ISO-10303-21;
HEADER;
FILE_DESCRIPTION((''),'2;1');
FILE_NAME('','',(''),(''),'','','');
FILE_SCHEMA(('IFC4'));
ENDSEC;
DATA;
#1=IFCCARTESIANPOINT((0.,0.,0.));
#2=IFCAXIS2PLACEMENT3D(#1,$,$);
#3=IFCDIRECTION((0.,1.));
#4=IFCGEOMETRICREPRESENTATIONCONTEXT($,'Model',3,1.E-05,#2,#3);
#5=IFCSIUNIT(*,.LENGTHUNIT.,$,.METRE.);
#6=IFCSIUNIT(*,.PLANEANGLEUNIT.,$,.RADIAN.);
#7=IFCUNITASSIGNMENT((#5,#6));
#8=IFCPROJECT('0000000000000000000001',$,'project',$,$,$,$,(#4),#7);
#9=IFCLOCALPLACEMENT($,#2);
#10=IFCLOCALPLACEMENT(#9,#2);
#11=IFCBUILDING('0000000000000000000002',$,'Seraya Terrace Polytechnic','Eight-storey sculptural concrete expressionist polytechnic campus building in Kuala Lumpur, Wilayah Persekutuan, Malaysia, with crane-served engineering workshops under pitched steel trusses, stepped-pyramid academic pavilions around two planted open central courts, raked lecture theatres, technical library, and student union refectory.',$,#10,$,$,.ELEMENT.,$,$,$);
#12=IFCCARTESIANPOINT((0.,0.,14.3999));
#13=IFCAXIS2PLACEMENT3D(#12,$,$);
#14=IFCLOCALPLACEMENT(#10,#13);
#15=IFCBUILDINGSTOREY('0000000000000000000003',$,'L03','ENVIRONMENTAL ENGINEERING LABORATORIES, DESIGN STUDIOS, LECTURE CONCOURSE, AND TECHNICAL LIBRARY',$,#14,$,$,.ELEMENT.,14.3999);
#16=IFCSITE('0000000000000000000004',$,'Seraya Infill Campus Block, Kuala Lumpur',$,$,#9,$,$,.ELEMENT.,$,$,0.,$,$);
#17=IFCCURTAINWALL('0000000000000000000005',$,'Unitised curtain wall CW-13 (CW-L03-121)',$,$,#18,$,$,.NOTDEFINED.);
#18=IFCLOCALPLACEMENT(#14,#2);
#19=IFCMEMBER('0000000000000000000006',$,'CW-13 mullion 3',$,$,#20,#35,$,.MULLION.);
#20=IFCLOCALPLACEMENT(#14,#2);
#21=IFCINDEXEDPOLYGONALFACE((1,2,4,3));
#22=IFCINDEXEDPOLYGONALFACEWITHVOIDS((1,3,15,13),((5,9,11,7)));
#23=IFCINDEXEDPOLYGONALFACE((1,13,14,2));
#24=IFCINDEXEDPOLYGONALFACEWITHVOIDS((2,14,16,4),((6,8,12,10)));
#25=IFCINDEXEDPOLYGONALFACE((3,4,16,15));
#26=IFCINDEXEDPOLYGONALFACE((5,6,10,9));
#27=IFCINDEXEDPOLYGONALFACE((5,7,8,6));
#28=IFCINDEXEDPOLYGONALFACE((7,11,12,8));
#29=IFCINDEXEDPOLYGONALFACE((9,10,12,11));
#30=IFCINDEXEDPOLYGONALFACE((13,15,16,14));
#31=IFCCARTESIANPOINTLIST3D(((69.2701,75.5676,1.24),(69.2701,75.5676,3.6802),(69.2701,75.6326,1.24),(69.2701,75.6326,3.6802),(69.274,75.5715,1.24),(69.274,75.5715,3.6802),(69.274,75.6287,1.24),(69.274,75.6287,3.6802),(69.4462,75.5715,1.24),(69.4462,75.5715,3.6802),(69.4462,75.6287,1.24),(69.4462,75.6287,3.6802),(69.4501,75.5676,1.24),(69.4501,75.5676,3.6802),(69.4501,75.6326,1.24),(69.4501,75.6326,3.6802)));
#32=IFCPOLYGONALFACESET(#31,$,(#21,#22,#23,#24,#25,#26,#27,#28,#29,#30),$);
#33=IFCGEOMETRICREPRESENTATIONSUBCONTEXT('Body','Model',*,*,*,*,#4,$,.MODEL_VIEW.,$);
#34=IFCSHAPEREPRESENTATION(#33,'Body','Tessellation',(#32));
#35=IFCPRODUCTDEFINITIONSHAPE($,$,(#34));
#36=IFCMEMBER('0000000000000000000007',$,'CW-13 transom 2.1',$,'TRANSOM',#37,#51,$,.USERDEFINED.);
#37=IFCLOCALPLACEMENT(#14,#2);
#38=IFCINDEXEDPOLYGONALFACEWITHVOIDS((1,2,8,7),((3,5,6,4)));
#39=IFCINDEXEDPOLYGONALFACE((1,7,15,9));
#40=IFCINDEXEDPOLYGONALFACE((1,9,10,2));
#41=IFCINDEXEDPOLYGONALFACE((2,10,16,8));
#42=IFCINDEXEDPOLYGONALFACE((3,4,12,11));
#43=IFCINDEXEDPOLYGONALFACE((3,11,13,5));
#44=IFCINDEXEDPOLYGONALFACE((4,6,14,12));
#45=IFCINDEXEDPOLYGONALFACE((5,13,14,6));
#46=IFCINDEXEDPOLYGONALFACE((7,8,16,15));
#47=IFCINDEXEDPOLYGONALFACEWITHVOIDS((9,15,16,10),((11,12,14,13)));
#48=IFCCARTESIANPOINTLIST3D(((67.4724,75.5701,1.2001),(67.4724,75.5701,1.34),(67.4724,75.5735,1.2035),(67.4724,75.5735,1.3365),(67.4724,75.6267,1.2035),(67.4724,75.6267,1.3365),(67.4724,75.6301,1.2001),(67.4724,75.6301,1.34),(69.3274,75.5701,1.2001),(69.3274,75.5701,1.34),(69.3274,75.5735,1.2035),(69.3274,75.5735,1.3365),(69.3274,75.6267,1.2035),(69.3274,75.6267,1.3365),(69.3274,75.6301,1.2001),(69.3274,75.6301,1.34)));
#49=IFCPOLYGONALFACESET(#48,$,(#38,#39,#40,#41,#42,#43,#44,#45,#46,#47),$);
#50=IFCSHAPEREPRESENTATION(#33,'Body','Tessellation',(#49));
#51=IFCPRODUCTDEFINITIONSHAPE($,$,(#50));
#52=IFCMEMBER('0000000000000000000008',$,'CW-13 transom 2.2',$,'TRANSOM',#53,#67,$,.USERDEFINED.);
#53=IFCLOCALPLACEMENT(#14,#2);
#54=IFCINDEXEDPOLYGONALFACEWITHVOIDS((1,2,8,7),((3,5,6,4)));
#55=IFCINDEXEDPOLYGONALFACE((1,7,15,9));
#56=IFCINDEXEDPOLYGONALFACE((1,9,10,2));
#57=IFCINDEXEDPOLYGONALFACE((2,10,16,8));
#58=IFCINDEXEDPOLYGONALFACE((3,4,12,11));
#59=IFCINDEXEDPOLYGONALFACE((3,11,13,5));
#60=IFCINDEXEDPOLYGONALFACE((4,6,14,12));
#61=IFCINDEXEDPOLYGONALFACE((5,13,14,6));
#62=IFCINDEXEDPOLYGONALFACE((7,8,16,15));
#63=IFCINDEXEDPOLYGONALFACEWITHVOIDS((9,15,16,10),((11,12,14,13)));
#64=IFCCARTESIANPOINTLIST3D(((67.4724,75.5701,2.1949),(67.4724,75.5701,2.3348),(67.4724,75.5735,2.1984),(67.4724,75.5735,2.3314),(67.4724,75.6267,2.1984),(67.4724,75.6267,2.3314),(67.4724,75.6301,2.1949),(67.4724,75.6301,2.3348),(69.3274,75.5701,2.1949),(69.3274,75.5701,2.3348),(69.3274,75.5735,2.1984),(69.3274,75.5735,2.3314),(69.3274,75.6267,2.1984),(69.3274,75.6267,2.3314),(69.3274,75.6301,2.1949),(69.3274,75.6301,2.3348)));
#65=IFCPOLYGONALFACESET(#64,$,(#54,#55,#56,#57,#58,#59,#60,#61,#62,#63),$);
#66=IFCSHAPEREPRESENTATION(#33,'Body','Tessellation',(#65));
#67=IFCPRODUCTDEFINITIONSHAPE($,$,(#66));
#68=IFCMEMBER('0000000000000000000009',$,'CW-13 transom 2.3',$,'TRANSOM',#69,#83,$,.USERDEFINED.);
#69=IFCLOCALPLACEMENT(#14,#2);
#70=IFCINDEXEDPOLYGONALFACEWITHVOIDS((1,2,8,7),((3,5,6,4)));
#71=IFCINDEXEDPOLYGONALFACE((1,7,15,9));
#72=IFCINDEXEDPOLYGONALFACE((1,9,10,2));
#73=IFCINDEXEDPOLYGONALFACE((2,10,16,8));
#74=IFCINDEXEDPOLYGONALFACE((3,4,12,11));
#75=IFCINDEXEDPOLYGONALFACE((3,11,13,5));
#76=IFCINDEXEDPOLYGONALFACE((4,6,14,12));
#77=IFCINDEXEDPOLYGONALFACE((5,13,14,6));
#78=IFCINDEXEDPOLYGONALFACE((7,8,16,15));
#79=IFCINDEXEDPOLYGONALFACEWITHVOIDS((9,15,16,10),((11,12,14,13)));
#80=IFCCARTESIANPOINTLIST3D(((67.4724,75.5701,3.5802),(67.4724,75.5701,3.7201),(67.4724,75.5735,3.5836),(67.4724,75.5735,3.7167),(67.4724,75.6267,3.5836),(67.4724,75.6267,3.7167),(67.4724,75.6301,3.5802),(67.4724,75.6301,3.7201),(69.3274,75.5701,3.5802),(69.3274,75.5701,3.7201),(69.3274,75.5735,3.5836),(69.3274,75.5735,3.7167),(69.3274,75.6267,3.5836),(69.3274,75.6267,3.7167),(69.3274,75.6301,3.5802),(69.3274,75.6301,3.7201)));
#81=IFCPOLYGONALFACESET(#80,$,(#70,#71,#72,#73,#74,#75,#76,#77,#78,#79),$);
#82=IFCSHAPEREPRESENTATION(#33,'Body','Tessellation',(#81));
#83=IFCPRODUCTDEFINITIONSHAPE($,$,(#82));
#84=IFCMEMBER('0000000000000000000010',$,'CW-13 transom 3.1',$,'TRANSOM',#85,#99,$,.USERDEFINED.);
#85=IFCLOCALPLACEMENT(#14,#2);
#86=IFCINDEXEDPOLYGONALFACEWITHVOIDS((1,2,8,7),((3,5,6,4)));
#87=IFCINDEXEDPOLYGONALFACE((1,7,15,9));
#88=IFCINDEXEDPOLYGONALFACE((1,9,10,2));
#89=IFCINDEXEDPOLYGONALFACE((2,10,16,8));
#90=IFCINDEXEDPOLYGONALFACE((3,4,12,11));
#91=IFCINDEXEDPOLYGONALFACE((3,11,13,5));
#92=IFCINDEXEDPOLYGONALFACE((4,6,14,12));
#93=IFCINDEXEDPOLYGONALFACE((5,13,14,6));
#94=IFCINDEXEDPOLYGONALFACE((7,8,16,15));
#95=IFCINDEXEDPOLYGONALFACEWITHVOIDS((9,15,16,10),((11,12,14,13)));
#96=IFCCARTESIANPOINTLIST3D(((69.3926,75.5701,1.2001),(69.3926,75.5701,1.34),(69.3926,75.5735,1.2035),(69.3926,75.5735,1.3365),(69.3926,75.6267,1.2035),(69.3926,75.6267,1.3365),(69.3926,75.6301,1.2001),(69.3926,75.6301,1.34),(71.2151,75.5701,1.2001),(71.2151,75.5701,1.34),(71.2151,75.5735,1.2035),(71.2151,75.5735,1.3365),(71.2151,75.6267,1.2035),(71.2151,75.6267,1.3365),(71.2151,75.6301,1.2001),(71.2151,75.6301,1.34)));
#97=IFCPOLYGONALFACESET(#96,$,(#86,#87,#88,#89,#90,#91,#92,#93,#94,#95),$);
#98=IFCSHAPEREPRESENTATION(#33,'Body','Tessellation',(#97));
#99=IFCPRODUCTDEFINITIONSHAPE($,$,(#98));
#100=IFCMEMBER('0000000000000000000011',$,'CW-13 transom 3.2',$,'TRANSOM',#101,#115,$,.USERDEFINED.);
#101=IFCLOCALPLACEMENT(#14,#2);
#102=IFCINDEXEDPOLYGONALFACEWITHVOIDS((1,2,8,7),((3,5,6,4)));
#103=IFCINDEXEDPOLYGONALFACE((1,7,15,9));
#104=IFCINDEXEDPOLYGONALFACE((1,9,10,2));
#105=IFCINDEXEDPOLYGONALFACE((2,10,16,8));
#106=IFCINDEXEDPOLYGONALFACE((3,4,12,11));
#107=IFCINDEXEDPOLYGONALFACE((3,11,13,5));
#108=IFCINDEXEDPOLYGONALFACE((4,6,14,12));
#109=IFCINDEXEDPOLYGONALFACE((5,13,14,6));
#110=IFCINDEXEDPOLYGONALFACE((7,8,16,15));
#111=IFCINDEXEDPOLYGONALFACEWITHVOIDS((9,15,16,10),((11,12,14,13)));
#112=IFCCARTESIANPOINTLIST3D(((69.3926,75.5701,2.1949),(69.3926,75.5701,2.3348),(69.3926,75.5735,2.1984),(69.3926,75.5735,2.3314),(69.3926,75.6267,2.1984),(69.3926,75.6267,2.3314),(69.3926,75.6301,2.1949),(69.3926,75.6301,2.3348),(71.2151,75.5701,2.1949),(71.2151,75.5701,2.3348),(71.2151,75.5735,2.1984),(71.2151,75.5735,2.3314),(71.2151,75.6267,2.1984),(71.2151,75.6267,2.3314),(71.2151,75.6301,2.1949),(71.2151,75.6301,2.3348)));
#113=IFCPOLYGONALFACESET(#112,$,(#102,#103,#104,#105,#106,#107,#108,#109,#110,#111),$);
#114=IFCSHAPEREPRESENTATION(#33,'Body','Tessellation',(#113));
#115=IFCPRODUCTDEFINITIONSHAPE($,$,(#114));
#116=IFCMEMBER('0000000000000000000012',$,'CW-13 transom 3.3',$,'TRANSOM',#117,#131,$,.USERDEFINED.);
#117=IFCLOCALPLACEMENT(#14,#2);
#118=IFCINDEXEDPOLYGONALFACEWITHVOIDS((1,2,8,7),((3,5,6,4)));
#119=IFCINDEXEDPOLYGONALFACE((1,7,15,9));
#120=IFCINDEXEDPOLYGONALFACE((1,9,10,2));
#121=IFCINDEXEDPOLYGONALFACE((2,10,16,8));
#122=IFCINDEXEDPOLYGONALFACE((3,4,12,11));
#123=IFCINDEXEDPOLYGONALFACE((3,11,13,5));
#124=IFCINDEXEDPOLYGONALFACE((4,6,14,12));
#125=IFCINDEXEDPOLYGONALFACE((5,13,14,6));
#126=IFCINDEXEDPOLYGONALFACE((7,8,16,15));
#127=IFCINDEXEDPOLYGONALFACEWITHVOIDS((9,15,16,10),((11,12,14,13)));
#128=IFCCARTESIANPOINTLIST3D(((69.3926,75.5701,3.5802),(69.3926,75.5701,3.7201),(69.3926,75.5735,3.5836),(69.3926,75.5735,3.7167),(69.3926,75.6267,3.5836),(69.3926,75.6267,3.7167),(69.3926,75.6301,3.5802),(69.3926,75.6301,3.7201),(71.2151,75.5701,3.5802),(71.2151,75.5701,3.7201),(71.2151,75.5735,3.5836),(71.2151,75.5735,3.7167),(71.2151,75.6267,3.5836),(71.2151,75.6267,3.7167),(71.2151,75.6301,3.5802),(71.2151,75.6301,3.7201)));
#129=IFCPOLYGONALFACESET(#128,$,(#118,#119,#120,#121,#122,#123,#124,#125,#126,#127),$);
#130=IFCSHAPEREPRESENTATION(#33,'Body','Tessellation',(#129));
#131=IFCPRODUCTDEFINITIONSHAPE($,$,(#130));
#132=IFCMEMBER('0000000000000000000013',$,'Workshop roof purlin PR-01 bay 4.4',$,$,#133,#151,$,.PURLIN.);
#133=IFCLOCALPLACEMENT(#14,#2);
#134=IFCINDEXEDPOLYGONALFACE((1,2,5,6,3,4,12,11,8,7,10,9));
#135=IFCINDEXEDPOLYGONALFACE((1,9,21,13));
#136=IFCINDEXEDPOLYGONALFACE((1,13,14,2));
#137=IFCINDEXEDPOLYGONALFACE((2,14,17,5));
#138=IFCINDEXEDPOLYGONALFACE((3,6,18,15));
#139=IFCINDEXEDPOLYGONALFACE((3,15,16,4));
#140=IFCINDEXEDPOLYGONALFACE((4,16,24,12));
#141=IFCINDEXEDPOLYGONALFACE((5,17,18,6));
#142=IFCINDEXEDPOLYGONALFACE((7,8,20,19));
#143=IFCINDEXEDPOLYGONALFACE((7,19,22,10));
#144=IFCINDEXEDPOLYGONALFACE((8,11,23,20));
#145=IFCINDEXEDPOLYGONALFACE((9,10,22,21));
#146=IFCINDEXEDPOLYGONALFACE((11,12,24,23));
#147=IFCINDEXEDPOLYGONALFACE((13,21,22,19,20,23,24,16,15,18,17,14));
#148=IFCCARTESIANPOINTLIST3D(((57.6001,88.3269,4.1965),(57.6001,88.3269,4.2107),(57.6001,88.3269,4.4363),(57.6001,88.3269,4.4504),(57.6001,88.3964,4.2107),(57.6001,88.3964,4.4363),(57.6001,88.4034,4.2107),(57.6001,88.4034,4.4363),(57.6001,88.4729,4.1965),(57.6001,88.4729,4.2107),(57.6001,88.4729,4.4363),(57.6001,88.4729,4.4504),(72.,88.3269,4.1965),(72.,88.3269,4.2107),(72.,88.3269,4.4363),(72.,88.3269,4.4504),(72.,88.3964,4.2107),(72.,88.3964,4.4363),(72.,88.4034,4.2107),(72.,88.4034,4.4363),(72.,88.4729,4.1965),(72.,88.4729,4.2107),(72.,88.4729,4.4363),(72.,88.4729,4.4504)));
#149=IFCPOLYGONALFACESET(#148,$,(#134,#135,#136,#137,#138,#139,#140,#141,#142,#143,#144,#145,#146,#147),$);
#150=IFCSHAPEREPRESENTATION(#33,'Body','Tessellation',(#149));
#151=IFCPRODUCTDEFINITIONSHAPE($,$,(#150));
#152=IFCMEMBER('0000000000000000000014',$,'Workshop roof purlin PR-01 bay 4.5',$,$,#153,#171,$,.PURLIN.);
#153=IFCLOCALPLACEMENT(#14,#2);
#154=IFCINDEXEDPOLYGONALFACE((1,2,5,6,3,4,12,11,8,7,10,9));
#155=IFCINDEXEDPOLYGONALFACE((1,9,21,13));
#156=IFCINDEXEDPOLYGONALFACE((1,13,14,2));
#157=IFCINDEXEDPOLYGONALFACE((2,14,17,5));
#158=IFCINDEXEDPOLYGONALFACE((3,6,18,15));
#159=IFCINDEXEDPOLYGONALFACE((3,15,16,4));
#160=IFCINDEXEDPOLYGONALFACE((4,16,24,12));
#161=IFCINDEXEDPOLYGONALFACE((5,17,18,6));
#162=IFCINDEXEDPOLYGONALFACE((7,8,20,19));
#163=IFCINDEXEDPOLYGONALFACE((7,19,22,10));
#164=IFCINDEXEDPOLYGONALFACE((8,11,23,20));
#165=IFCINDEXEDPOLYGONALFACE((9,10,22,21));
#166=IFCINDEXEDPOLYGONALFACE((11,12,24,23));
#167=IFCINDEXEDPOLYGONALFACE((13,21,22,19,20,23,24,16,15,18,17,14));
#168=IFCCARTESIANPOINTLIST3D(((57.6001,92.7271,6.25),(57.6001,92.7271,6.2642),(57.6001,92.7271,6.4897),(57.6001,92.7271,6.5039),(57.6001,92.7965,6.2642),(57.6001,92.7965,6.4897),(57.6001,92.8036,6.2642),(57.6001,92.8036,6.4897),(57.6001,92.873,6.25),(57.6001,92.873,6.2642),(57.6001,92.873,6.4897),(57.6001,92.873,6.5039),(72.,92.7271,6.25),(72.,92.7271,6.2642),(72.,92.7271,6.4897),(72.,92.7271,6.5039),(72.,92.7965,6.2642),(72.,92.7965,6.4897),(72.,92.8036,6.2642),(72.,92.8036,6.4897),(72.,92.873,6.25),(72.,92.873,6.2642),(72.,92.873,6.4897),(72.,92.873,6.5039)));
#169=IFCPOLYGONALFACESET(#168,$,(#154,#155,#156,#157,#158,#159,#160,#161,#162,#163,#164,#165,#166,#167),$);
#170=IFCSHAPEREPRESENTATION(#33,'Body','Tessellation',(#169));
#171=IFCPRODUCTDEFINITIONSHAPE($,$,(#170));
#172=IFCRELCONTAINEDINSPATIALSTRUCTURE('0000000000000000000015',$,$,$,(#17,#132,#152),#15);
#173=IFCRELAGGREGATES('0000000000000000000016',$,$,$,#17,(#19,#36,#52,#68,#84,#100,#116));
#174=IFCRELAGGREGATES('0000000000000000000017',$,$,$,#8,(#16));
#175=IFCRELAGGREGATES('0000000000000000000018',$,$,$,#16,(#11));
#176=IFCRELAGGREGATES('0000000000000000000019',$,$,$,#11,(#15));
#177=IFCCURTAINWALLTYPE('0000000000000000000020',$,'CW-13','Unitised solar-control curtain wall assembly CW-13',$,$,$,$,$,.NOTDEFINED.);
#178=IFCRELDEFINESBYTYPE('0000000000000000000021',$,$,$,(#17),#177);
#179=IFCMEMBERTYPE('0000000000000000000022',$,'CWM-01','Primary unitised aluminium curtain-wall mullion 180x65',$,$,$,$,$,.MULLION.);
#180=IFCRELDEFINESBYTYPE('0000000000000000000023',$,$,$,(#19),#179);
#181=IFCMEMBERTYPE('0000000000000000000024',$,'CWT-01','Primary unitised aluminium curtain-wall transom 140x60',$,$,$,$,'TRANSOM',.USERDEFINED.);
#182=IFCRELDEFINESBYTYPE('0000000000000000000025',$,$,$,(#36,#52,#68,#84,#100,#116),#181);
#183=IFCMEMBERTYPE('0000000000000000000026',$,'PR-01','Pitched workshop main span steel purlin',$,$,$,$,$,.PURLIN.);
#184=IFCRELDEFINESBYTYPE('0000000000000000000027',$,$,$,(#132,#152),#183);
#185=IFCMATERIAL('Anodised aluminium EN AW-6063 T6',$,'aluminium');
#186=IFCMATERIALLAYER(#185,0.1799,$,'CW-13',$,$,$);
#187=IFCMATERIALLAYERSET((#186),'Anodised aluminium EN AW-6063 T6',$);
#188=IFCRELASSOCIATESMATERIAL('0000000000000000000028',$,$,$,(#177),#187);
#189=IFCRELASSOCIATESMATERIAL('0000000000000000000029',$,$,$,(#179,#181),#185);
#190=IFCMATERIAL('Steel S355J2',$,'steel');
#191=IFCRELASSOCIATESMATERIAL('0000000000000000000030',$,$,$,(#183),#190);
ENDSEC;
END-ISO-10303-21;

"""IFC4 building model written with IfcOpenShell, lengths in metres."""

from ifc_helpers import new_model, si_unit, direction, frame, origin, origin_2d, place, context, subcontext, project, spatial, hollow_rectangle, i_section, extrude, material, layer, layer_set, material_profile, profile_set, type_object, element, aggregate, save


model = new_model("IFC4")

# Units and contexts
model_context = context("Model", 3, precision=1e-05, world=origin(), true_north=direction((0.0, 1.0)))
body_context = subcontext(model_context, "Body", "Model", "MODEL_VIEW")
ifc_project = project(units=[si_unit("LENGTHUNIT", "METRE"), si_unit("PLANEANGLEUNIT", "RADIAN")], contexts=[model_context])

# Site, building, storey
site_placement = place(None, origin())
site = spatial("IfcSite", under=ifc_project, at=site_placement, Name="Seraya Infill Campus Block, Kuala Lumpur", CompositionType="ELEMENT", RefElevation=0.0)
building_placement = place(site_placement, origin())
building = spatial("IfcBuilding", under=site, at=building_placement, Name="Seraya Terrace Polytechnic", Description="Eight-storey sculptural concrete expressionist polytechnic campus building in Kuala Lumpur, Wilayah Persekutuan, Malaysia, with crane-served engineering workshops under pitched steel trusses, stepped-pyramid academic pavilions around two planted open central courts, raked lecture theatres, technical library, and student union refectory.", CompositionType="ELEMENT")
storey_placement = place(building_placement, frame((0.0, 0.0, 14.3999)))
storey = spatial("IfcBuildingStorey", under=building, at=storey_placement, Name="L03", Description="ENVIRONMENTAL ENGINEERING LABORATORIES, DESIGN STUDIOS, LECTURE CONCOURSE, AND TECHNICAL LIBRARY", CompositionType="ELEMENT", Elevation=14.3999)

# Shared definitions
ifc_material_1 = material(Name="Steel S355J2", Category="steel")

# Curtain wall, members
ifc_material_2 = material(Name="Anodised aluminium EN AW-6063 T6", Category="aluminium")
ifc_layer_1 = layer(ifc_material_2, 0.1799, Name="CW-13")
ifc_layer_set_1 = layer_set([ifc_layer_1], Name="Anodised aluminium EN AW-6063 T6")
curtain_wall_type = type_object("IfcCurtainWallType", Name="CW-13", Description="Unitised solar-control curtain wall assembly CW-13", PredefinedType="NOTDEFINED", material=ifc_layer_set_1)
curtain_wall_placement = place(storey_placement, origin())
curtain_wall = element("IfcCurtainWall", 1, at=curtain_wall_placement, inside=storey, type_object=curtain_wall_type, Name="Unitised curtain wall CW-13 (CW-L03-121)", PredefinedType="NOTDEFINED")
ifc_material_profile_1 = material_profile(ifc_material_2, hollow_rectangle(XDim=0.0649, YDim=0.1799, WallThickness=0.0039, at=origin_2d()), Name="RHS 180x65x4.0")
ifc_profile_set_1 = profile_set([ifc_material_profile_1], Name="Anodised aluminium EN AW-6063 T6")
member_type_1 = type_object("IfcMemberType", Name="CWM-01", Description="Primary unitised aluminium curtain-wall mullion 180x65", PredefinedType="MULLION", material=ifc_profile_set_1)
member_1_placement = place(storey_placement, frame((69.3601, 75.6001, 1.24), z_axis=(0.0, 0.0, 1.0), x_axis=(0.0, 1.0, 0.0)))
member_1 = element("IfcMember", 2, at=member_1_placement, type_object=member_type_1, Name="CW-13 mullion 3", PredefinedType="MULLION", context=body_context, shape_type="SweptSolid", body=[
    extrude(hollow_rectangle(XDim=0.0649, YDim=0.1799, WallThickness=0.0039, at=origin_2d()), origin(), (0.0, 0.0, 1.0), 2.4402),
])
ifc_material_profile_2 = material_profile(ifc_material_2, hollow_rectangle(XDim=0.0601, YDim=0.1399, WallThickness=0.0034, at=origin_2d()), Name="RHS 140x60x3.5")
ifc_profile_set_2 = profile_set([ifc_material_profile_2], Name="Anodised aluminium EN AW-6063 T6")
member_type_2 = type_object("IfcMemberType", Name="CWT-01", Description="Primary unitised aluminium curtain-wall transom 140x60", ElementType="TRANSOM", PredefinedType="USERDEFINED", material=ifc_profile_set_2)
member_2_placement = place(storey_placement, frame((67.4724, 75.6001, 1.27), z_axis=(1.0, 0.0, 0.0), x_axis=(0.0, 1.0, 0.0)))
member_2 = element("IfcMember", 3, at=member_2_placement, type_object=member_type_2, Name="CW-13 transom 2.1", ObjectType="TRANSOM", PredefinedType="USERDEFINED", context=body_context, shape_type="SweptSolid", body=[
    extrude(hollow_rectangle(XDim=0.0601, YDim=0.1399, WallThickness=0.0034, at=origin_2d()), origin(), (0.0, 0.0, 1.0), 1.855),
])
member_3_placement = place(storey_placement, frame((67.4724, 75.6001, 2.2649), z_axis=(1.0, 0.0, 0.0), x_axis=(0.0, 1.0, 0.0)))
member_3 = element("IfcMember", 4, at=member_3_placement, type_object=member_type_2, Name="CW-13 transom 2.2", ObjectType="TRANSOM", PredefinedType="USERDEFINED", context=body_context, shape_type="SweptSolid", body=[
    extrude(hollow_rectangle(XDim=0.0601, YDim=0.1399, WallThickness=0.0034, at=origin_2d()), origin(), (0.0, 0.0, 1.0), 1.855),
])
member_4_placement = place(storey_placement, frame((67.4724, 75.6001, 3.6501), z_axis=(1.0, 0.0, 0.0), x_axis=(0.0, 1.0, 0.0)))
member_4 = element("IfcMember", 5, at=member_4_placement, type_object=member_type_2, Name="CW-13 transom 2.3", ObjectType="TRANSOM", PredefinedType="USERDEFINED", context=body_context, shape_type="SweptSolid", body=[
    extrude(hollow_rectangle(XDim=0.0601, YDim=0.1399, WallThickness=0.0034, at=origin_2d()), origin(), (0.0, 0.0, 1.0), 1.855),
])
member_5_placement = place(storey_placement, frame((69.3926, 75.6001, 1.27), z_axis=(1.0, 0.0, 0.0), x_axis=(0.0, 1.0, 0.0)))
member_5 = element("IfcMember", 6, at=member_5_placement, type_object=member_type_2, Name="CW-13 transom 3.1", ObjectType="TRANSOM", PredefinedType="USERDEFINED", context=body_context, shape_type="SweptSolid", body=[
    extrude(hollow_rectangle(XDim=0.0601, YDim=0.1399, WallThickness=0.0034, at=origin_2d()), origin(), (0.0, 0.0, 1.0), 1.8225),
])
member_6_placement = place(storey_placement, frame((69.3926, 75.6001, 2.2649), z_axis=(1.0, 0.0, 0.0), x_axis=(0.0, 1.0, 0.0)))
member_6 = element("IfcMember", 7, at=member_6_placement, type_object=member_type_2, Name="CW-13 transom 3.2", ObjectType="TRANSOM", PredefinedType="USERDEFINED", context=body_context, shape_type="SweptSolid", body=[
    extrude(hollow_rectangle(XDim=0.0601, YDim=0.1399, WallThickness=0.0034, at=origin_2d()), origin(), (0.0, 0.0, 1.0), 1.8225),
])
member_7_placement = place(storey_placement, frame((69.3926, 75.6001, 3.6501), z_axis=(1.0, 0.0, 0.0), x_axis=(0.0, 1.0, 0.0)))
member_7 = element("IfcMember", 8, at=member_7_placement, type_object=member_type_2, Name="CW-13 transom 3.3", ObjectType="TRANSOM", PredefinedType="USERDEFINED", context=body_context, shape_type="SweptSolid", body=[
    extrude(hollow_rectangle(XDim=0.0601, YDim=0.1399, WallThickness=0.0034, at=origin_2d()), origin(), (0.0, 0.0, 1.0), 1.8225),
])

# Members
ifc_material_profile_3 = material_profile(ifc_material_1, i_section(OverallWidth=0.146, OverallDepth=0.2539, WebThickness=0.0071, FlangeThickness=0.0142, at=origin_2d()), Name="UKB 254x146x7.2x14.2")
ifc_profile_set_3 = profile_set([ifc_material_profile_3], Name="Steel S355J2")
member_type_3 = type_object("IfcMemberType", Name="PR-01", Description="Pitched workshop main span steel purlin", PredefinedType="PURLIN", material=ifc_profile_set_3)
for number, where, z_axis, x_axis, name in (
    (9, (57.6001, 88.3999, 4.3235), (1.0, 0.0, 0.0), (0.0, 1.0, 0.0), "Workshop roof purlin PR-01 bay 4.4"),
    (10, (57.6001, 92.8, 6.377), (1.0, 0.0, 0.0), (0.0, 1.0, 0.0), "Workshop roof purlin PR-01 bay 4.5"),
):
    element("IfcMember", number, at=place(storey_placement, frame(where, z_axis=z_axis, x_axis=x_axis)), inside=storey, type_object=member_type_3, Name=name, PredefinedType="PURLIN", context=body_context, shape_type="SweptSolid", body=[
        extrude(i_section(OverallWidth=0.146, OverallDepth=0.2539, WebThickness=0.0071, FlangeThickness=0.0142, at=origin_2d()), origin(), (0.0, 0.0, 1.0), 14.3999),
    ])

aggregate(curtain_wall, [member_1, member_2, member_3, member_4, member_5, member_6, member_7])

save(model, "model.ifc")
